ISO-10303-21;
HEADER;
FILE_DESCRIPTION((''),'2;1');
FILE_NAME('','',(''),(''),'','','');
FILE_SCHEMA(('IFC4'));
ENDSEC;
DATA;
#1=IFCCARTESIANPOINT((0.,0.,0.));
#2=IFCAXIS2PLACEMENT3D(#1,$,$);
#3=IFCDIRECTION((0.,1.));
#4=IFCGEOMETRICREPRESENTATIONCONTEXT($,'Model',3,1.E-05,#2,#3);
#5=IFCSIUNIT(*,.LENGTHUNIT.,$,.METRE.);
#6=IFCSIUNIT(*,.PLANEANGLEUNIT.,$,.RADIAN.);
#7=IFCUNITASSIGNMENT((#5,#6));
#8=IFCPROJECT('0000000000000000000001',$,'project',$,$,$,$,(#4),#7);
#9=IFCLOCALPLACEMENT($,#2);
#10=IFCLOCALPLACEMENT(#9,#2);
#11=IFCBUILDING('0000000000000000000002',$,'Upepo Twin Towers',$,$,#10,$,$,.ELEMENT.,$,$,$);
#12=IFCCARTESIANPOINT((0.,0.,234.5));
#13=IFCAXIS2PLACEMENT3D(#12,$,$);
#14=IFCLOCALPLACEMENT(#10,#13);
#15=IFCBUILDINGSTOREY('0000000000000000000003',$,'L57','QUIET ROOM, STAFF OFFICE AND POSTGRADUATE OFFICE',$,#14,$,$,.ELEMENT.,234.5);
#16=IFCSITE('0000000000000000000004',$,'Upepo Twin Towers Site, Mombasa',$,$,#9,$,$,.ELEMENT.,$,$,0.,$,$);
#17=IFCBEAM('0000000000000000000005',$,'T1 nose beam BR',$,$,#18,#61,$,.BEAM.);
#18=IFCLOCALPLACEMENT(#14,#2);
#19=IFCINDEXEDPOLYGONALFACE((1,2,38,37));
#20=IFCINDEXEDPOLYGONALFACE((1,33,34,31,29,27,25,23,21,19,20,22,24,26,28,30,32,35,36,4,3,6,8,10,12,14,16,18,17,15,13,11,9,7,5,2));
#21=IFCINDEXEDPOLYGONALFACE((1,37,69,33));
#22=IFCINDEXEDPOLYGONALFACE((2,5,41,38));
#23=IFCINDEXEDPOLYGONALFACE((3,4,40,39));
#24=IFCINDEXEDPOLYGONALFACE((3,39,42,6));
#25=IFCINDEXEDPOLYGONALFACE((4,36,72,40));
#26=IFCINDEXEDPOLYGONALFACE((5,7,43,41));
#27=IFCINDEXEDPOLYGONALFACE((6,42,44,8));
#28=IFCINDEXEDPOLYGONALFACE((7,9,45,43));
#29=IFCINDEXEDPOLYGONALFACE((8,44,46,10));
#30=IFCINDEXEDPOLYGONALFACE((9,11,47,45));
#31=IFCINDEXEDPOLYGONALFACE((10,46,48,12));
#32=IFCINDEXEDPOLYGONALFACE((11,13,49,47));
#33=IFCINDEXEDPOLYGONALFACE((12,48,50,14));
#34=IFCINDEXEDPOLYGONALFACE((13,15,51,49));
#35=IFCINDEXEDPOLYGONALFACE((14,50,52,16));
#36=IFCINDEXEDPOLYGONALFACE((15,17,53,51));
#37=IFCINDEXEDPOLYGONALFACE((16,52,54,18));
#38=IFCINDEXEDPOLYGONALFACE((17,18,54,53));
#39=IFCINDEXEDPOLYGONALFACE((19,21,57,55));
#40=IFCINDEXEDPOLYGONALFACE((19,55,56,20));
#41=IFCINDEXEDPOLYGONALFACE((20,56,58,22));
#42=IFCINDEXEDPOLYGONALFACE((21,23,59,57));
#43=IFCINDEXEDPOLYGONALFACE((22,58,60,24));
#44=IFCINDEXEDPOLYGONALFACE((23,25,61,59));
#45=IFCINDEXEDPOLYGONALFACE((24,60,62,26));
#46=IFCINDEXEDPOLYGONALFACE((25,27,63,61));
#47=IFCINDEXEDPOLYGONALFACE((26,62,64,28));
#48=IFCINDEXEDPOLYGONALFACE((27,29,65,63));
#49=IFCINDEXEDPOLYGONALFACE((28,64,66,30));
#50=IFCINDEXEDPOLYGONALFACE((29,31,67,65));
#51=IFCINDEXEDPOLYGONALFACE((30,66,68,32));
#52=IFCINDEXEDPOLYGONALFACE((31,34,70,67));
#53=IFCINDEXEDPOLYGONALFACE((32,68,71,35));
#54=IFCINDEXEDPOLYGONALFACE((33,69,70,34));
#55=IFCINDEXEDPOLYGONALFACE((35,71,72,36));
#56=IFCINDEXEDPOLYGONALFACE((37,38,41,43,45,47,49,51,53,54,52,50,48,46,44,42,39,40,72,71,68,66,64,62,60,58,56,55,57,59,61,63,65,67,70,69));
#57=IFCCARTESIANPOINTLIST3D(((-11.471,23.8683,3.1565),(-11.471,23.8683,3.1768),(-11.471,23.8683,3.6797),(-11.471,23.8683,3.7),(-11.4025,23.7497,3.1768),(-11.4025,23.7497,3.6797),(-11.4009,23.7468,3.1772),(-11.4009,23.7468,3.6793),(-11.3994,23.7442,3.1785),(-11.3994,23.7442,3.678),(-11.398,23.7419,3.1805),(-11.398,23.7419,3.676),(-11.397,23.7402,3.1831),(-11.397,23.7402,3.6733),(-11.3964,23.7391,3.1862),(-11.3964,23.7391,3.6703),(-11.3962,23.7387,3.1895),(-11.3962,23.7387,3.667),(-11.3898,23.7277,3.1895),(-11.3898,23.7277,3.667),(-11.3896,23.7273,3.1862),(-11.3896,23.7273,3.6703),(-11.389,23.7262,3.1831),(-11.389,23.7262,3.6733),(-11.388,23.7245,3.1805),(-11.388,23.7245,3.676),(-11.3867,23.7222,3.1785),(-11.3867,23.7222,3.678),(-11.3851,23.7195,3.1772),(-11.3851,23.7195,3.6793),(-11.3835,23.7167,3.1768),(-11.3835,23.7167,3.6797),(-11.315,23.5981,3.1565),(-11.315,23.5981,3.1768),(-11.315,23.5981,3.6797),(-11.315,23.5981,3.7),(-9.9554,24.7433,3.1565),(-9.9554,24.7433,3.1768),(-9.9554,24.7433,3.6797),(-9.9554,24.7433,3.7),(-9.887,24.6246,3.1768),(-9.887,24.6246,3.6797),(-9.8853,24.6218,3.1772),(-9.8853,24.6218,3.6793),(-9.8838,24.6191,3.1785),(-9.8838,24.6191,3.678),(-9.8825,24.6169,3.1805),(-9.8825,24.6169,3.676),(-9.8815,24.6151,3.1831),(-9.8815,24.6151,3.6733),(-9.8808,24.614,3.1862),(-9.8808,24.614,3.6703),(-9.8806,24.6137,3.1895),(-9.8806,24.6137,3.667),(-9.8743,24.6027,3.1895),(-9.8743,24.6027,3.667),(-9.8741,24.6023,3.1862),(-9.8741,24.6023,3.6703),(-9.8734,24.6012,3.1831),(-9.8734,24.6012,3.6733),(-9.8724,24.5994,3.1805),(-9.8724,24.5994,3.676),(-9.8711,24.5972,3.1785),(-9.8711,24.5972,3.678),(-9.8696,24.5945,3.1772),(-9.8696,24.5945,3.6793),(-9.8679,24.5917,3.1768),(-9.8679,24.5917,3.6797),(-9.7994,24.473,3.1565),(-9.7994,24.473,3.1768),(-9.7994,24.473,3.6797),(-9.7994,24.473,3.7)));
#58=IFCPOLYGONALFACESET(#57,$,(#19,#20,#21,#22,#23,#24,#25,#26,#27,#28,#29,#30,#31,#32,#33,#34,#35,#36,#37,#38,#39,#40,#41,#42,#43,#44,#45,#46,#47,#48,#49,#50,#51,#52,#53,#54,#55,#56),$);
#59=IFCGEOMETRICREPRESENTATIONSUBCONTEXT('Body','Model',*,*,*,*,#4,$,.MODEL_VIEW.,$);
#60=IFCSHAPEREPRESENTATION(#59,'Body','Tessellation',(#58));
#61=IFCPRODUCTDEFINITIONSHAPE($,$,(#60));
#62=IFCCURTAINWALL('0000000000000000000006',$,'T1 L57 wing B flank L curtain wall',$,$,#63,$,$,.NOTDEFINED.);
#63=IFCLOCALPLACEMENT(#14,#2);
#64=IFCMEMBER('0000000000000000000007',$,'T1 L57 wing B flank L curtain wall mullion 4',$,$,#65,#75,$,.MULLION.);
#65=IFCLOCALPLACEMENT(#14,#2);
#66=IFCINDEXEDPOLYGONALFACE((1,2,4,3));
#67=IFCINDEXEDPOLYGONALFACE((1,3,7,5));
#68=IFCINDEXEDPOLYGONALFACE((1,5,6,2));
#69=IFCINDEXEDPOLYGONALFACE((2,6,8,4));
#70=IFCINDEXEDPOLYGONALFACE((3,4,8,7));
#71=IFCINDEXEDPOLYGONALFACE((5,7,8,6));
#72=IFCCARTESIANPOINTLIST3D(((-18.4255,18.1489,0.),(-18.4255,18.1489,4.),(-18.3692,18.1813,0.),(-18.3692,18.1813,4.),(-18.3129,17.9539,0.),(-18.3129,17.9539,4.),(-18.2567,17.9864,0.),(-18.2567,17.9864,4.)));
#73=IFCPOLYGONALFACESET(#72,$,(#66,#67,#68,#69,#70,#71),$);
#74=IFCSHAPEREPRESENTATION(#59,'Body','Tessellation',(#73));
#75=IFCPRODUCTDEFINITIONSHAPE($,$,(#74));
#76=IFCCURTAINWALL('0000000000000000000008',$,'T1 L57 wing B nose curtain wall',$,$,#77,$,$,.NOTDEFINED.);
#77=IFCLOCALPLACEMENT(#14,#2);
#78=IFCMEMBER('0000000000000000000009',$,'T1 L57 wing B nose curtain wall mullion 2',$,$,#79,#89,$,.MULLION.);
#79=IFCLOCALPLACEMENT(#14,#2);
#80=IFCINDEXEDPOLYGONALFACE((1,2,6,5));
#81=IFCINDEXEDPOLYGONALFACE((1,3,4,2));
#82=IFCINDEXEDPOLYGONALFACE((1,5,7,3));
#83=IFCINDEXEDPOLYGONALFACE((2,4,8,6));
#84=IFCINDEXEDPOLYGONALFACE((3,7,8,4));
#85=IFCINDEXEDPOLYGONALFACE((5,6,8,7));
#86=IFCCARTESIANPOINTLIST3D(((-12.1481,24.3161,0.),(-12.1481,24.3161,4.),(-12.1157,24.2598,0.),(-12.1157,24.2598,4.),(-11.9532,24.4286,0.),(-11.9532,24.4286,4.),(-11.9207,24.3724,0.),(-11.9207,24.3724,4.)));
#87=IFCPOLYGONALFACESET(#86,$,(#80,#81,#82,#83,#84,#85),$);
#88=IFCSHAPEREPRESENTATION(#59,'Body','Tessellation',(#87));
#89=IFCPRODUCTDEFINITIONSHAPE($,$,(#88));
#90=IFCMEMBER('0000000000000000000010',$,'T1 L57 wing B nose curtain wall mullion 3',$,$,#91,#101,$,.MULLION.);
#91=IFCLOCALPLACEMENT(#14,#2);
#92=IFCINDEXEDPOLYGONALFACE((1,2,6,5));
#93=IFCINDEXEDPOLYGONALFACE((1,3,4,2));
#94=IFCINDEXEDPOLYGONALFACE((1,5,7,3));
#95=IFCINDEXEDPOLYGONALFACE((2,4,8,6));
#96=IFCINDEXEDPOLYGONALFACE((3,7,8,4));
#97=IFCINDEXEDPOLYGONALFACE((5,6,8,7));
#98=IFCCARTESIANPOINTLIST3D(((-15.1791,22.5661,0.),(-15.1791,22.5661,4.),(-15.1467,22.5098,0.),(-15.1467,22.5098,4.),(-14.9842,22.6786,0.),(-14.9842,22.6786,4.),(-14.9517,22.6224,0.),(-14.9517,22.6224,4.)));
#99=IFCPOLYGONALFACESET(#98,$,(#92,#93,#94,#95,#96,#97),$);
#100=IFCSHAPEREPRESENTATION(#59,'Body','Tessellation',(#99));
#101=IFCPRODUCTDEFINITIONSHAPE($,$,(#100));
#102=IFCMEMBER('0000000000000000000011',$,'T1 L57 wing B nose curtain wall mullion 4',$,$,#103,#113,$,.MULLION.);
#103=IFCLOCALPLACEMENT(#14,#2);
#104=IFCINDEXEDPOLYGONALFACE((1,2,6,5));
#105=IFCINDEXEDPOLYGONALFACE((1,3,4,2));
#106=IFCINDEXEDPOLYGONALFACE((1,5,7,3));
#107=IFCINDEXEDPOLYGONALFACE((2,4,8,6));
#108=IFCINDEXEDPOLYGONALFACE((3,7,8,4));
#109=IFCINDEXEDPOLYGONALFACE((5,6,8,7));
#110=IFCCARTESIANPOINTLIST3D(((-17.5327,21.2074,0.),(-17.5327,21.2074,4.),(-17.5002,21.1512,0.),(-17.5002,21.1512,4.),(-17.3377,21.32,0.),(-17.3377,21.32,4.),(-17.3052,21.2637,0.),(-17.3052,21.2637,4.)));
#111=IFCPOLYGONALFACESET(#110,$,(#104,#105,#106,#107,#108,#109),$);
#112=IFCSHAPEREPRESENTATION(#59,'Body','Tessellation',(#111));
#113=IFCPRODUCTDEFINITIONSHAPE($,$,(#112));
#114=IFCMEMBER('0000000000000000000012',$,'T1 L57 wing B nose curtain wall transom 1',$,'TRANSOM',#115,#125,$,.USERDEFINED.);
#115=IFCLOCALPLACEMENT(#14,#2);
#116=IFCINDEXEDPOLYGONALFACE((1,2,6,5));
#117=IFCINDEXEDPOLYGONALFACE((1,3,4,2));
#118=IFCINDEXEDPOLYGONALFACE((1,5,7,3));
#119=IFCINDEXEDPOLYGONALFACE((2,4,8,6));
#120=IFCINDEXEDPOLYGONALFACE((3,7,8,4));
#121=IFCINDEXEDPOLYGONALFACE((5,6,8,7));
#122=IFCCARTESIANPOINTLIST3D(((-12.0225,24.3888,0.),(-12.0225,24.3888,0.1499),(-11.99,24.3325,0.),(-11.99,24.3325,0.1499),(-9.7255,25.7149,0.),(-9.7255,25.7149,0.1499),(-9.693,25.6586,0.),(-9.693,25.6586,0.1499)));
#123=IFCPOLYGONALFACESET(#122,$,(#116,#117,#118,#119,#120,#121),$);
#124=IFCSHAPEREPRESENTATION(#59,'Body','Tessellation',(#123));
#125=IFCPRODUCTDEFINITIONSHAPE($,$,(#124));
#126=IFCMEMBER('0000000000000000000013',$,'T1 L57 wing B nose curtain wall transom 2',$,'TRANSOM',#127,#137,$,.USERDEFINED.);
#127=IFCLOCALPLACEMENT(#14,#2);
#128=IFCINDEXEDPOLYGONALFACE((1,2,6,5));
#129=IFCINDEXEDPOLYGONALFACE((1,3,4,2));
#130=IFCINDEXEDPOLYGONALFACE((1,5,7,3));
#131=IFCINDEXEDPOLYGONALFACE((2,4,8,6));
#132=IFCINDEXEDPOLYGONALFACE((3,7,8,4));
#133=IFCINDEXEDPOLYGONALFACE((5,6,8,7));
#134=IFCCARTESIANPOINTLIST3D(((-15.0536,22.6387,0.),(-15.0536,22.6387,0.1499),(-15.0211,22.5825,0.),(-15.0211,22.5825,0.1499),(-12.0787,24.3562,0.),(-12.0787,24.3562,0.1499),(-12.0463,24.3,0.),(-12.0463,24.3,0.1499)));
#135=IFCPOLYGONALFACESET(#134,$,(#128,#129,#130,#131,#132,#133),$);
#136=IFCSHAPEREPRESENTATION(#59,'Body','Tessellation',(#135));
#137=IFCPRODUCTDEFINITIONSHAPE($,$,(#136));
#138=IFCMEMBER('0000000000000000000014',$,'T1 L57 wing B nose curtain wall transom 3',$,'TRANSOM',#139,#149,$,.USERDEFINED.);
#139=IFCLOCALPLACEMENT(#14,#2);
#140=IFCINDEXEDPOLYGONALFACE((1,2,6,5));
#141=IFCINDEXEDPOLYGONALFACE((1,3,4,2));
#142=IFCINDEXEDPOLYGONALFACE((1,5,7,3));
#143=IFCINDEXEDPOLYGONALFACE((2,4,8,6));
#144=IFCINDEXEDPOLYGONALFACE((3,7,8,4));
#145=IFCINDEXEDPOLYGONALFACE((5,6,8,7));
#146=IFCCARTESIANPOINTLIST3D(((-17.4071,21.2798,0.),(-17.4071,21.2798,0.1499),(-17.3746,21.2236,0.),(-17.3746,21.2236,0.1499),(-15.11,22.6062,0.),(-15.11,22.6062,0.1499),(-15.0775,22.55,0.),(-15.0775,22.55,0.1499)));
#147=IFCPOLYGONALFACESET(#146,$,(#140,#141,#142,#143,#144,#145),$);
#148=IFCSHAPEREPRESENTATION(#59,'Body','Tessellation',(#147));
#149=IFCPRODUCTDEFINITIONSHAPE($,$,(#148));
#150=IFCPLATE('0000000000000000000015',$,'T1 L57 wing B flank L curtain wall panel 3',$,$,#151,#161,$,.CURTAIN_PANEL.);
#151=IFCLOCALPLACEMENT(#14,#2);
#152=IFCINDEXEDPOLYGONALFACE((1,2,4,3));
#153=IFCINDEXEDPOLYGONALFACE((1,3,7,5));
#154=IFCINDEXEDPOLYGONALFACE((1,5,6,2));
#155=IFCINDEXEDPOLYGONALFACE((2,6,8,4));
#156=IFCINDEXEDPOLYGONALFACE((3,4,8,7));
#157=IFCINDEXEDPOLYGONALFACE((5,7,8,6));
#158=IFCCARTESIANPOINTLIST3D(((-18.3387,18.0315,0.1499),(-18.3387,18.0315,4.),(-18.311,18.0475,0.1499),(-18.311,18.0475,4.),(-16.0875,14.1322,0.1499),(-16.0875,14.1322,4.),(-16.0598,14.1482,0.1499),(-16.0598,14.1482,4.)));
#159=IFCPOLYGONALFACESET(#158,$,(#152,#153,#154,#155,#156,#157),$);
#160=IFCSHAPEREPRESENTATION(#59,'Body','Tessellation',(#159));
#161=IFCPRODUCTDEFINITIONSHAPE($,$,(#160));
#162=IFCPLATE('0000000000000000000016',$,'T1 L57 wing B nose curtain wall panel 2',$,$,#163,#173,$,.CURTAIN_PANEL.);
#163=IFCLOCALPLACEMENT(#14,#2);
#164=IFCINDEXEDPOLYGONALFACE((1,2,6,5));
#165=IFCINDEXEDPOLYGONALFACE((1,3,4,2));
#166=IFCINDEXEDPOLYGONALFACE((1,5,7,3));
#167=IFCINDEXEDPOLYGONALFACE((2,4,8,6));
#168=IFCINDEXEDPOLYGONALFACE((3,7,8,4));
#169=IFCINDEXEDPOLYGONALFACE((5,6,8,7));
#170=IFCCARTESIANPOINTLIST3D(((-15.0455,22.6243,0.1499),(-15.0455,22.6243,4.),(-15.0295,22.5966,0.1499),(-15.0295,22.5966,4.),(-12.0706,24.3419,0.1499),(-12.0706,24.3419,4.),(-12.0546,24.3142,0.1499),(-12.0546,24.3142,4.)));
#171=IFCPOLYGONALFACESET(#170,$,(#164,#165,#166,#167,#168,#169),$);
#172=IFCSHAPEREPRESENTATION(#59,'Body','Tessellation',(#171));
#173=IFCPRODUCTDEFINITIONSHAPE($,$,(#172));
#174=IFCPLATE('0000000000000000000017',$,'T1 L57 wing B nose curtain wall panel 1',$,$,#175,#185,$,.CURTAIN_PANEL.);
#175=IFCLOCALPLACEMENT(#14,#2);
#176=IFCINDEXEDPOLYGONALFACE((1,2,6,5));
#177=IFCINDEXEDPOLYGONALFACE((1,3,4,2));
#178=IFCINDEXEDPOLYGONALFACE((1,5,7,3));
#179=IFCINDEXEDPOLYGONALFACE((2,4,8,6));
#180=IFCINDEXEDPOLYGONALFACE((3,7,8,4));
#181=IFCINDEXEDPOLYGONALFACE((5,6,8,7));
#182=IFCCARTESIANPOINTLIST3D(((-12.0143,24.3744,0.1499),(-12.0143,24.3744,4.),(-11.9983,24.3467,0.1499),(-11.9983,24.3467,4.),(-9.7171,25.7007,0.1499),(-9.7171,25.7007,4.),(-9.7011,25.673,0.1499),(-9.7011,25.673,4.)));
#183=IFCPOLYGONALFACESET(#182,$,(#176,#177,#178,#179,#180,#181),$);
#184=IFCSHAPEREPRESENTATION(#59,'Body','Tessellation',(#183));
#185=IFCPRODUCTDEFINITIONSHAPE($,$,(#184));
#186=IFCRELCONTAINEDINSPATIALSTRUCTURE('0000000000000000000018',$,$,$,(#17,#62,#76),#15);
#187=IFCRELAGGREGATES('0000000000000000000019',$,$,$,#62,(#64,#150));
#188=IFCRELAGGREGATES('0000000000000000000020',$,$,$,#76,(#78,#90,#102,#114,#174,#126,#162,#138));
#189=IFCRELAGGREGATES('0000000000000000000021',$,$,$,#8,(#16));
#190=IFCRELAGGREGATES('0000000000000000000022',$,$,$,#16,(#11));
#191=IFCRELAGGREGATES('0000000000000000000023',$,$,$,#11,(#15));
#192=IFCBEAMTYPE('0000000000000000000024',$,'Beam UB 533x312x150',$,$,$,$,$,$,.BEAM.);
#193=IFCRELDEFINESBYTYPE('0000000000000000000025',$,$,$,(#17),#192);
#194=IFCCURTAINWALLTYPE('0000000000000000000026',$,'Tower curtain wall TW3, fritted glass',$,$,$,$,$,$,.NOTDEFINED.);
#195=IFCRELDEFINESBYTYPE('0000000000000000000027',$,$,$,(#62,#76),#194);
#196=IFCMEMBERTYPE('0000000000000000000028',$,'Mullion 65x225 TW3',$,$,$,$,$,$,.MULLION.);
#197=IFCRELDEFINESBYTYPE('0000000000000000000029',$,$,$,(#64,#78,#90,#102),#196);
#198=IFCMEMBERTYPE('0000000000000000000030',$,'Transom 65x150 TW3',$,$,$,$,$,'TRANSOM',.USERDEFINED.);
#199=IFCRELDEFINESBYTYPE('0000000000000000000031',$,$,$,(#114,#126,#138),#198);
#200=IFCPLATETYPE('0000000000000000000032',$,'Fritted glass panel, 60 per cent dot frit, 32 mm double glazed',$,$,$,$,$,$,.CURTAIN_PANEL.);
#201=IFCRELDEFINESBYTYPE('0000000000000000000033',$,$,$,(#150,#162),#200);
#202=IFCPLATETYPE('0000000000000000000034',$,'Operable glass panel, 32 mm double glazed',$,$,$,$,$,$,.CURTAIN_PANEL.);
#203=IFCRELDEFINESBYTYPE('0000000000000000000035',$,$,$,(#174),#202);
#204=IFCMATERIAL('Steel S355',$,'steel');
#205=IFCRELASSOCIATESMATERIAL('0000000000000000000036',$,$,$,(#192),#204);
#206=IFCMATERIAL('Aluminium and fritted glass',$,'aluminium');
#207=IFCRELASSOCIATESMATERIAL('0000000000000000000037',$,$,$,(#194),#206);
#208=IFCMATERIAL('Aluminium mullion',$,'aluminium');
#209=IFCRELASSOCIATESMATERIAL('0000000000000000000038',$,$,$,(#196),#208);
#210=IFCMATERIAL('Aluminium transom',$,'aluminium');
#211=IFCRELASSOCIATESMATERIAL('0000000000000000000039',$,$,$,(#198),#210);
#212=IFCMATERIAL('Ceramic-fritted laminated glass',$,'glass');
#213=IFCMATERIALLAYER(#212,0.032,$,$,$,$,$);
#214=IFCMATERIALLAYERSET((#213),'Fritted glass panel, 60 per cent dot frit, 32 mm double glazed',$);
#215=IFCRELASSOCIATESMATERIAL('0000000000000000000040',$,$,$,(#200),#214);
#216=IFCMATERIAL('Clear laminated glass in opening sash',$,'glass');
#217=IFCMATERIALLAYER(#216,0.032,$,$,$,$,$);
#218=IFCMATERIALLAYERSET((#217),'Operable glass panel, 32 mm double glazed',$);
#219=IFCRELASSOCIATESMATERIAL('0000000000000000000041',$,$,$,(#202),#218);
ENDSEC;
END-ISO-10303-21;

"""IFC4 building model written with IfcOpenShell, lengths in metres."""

from ifc_helpers import new_model, si_unit, direction, frame, origin, origin_2d, place, context, subcontext, project, spatial, rectangle, i_section, extrude, material, layer, layer_set, material_profile, profile_set, type_object, element, aggregate, save


model = new_model("IFC4")

# Units and contexts
model_context = context("Model", 3, precision=1e-05, world=origin(), true_north=direction((0.0, 1.0)))
body_context = subcontext(model_context, "Body", "Model", "MODEL_VIEW")
ifc_project = project(units=[si_unit("LENGTHUNIT", "METRE"), si_unit("PLANEANGLEUNIT", "RADIAN")], contexts=[model_context])

# Site, building, storey
site_placement = place(None, origin())
site = spatial("IfcSite", under=ifc_project, at=site_placement, Name="Upepo Twin Towers Site, Mombasa", CompositionType="ELEMENT", RefElevation=0.0)
building_placement = place(site_placement, origin())
building = spatial("IfcBuilding", under=site, at=building_placement, Name="Upepo Twin Towers", CompositionType="ELEMENT")
storey_placement = place(building_placement, frame((0.0, 0.0, 234.5)))
storey = spatial("IfcBuildingStorey", under=building, at=storey_placement, Name="L57", Description="QUIET ROOM, STAFF OFFICE AND POSTGRADUATE OFFICE", CompositionType="ELEMENT", Elevation=234.5)

# Beam
ifc_material_1 = material(Name="Steel S355", Category="steel")
ifc_material_profile_1 = material_profile(ifc_material_1, i_section(OverallWidth=0.312, OverallDepth=0.5435, WebThickness=0.0127, FlangeThickness=0.0203, FilletRadius=0.0127, at=origin_2d()), Name="UB 533x312x150")
ifc_profile_set_1 = profile_set([ifc_material_profile_1], Name="Steel S355")
beam_type_1 = type_object("IfcBeamType", Name="Beam UB 533x312x150", PredefinedType="BEAM", material=ifc_profile_set_1)
for number, where, z_axis, x_axis, name in (
    (1, (-9.8774, 24.6082, 3.4282), (-0.866037, -0.49998, 0.0), (0.49998, -0.866037, 0.0), "T1 nose beam BR"),
):
    element("IfcBeam", number, at=place(storey_placement, frame(where, z_axis=z_axis, x_axis=x_axis)), inside=storey, type_object=beam_type_1, Name=name, PredefinedType="BEAM", context=body_context, shape_type="SweptSolid", body=[
        extrude(i_section(OverallWidth=0.312, OverallDepth=0.5435, WebThickness=0.0127, FlangeThickness=0.0203, FilletRadius=0.0127, at=origin_2d()), origin(), (0.0, 0.0, 1.0), 1.75),
    ])

# Curtain wall, member
ifc_material_2 = material(Name="Aluminium and fritted glass", Category="aluminium")
curtain_wall_type = type_object("IfcCurtainWallType", Name="Tower curtain wall TW3, fritted glass", PredefinedType="NOTDEFINED", material=ifc_material_2)
curtain_wall_1_placement = place(storey_placement, origin())
curtain_wall_1 = element("IfcCurtainWall", 2, at=curtain_wall_1_placement, inside=storey, type_object=curtain_wall_type, Name="T1 L57 wing B flank L curtain wall", PredefinedType="NOTDEFINED")
ifc_material_3 = material(Name="Aluminium mullion", Category="aluminium")
ifc_material_profile_2 = material_profile(ifc_material_3, rectangle(XDim=0.0649, YDim=0.2251, at=origin_2d()), Name="MULLION 65x225")
ifc_profile_set_2 = profile_set([ifc_material_profile_2], Name="Aluminium mullion")
member_type_1 = type_object("IfcMemberType", Name="Mullion 65x225 TW3", PredefinedType="MULLION", material=ifc_profile_set_2)
member_1_placement = place(storey_placement, frame((-18.3411, 18.0676, 0.0), z_axis=(0.0, 0.0, 1.0), x_axis=(-0.866025, -0.5, 0.0)))
member_1 = element("IfcMember", 3, at=member_1_placement, type_object=member_type_1, Name="T1 L57 wing B flank L curtain wall mullion 4", PredefinedType="MULLION", context=body_context, shape_type="SweptSolid", body=[
    extrude(rectangle(XDim=0.0649, YDim=0.2251, at=origin_2d()), origin(), (0.0, 0.0, 1.0), 4.0),
])

# Curtain wall, members
curtain_wall_2_placement = place(storey_placement, origin())
curtain_wall_2 = element("IfcCurtainWall", 4, at=curtain_wall_2_placement, inside=storey, type_object=curtain_wall_type, Name="T1 L57 wing B nose curtain wall", PredefinedType="NOTDEFINED")
member_2_placement = place(storey_placement, frame((-12.0344, 24.3442, 0.0), z_axis=(0.0, 0.0, 1.0), x_axis=(0.5, -0.866025, 0.0)))
member_2 = element("IfcMember", 5, at=member_2_placement, type_object=member_type_1, Name="T1 L57 wing B nose curtain wall mullion 2", PredefinedType="MULLION", context=body_context, shape_type="SweptSolid", body=[
    extrude(rectangle(XDim=0.0649, YDim=0.2251, at=origin_2d()), origin(), (0.0, 0.0, 1.0), 4.0),
])
member_3_placement = place(storey_placement, frame((-15.0654, 22.5942, 0.0), z_axis=(0.0, 0.0, 1.0), x_axis=(0.5, -0.866025, 0.0)))
member_3 = element("IfcMember", 6, at=member_3_placement, type_object=member_type_1, Name="T1 L57 wing B nose curtain wall mullion 3", PredefinedType="MULLION", context=body_context, shape_type="SweptSolid", body=[
    extrude(rectangle(XDim=0.0649, YDim=0.2251, at=origin_2d()), origin(), (0.0, 0.0, 1.0), 4.0),
])
member_4_placement = place(storey_placement, frame((-17.4189, 21.2356, 0.0), z_axis=(0.0, 0.0, 1.0), x_axis=(0.5, -0.866025, 0.0)))
member_4 = element("IfcMember", 7, at=member_4_placement, type_object=member_type_1, Name="T1 L57 wing B nose curtain wall mullion 4", PredefinedType="MULLION", context=body_context, shape_type="SweptSolid", body=[
    extrude(rectangle(XDim=0.0649, YDim=0.2251, at=origin_2d()), origin(), (0.0, 0.0, 1.0), 4.0),
])
ifc_material_4 = material(Name="Aluminium transom", Category="aluminium")
ifc_material_profile_3 = material_profile(ifc_material_4, rectangle(XDim=0.0649, YDim=0.1499, at=origin_2d()), Name="TRANSOM 65x150")
ifc_profile_set_3 = profile_set([ifc_material_profile_3], Name="Aluminium transom")
member_type_2 = type_object("IfcMemberType", Name="Transom 65x150 TW3", ElementType="TRANSOM", PredefinedType="USERDEFINED", material=ifc_profile_set_3)
member_5_placement = place(storey_placement, frame((-9.7092, 25.6868, 0.075), z_axis=(-0.866037, -0.49998, 0.0), x_axis=(0.49998, -0.866037, 0.0)))
member_5 = element("IfcMember", 8, at=member_5_placement, type_object=member_type_2, Name="T1 L57 wing B nose curtain wall transom 1", ObjectType="TRANSOM", PredefinedType="USERDEFINED", context=body_context, shape_type="SweptSolid", body=[
    extrude(rectangle(XDim=0.0649, YDim=0.1499, at=origin_2d()), origin(), (0.0, 0.0, 1.0), 2.6523),
])
member_6_placement = place(storey_placement, frame((-12.0625, 24.3281, 0.075), z_axis=(-0.866026, -0.499999, 0.0), x_axis=(0.499999, -0.866026, 0.0)))
member_6 = element("IfcMember", 9, at=member_6_placement, type_object=member_type_2, Name="T1 L57 wing B nose curtain wall transom 2", ObjectType="TRANSOM", PredefinedType="USERDEFINED", context=body_context, shape_type="SweptSolid", body=[
    extrude(rectangle(XDim=0.0649, YDim=0.1499, at=origin_2d()), origin(), (0.0, 0.0, 1.0), 3.4351),
])
member_7_placement = place(storey_placement, frame((-15.0938, 22.5781, 0.075), z_axis=(-0.865997, -0.500049, 0.0), x_axis=(0.500049, -0.865997, 0.0)))
member_7 = element("IfcMember", 10, at=member_7_placement, type_object=member_type_2, Name="T1 L57 wing B nose curtain wall transom 3", ObjectType="TRANSOM", PredefinedType="USERDEFINED", context=body_context, shape_type="SweptSolid", body=[
    extrude(rectangle(XDim=0.0649, YDim=0.1499, at=origin_2d()), origin(), (0.0, 0.0, 1.0), 2.6526),
])

# Plates
ifc_material_5 = material(Name="Ceramic-fritted laminated glass", Category="glass")
ifc_layer_1 = layer(ifc_material_5, 0.032)
ifc_layer_set_1 = layer_set([ifc_layer_1], Name="Fritted glass panel, 60 per cent dot frit, 32 mm double glazed")
plate_type_1 = type_object("IfcPlateType", Name="Fritted glass panel, 60 per cent dot frit, 32 mm double glazed", PredefinedType="CURTAIN_PANEL", material=ifc_layer_set_1)
plate_1_placement = place(storey_placement, frame((-17.1992, 16.0898, 0.1499), z_axis=(0.0, 0.0, 1.0), x_axis=(-0.5, 0.866025, 0.0)))
plate_1 = element("IfcPlate", 11, at=plate_1_placement, type_object=plate_type_1, Name="T1 L57 wing B flank L curtain wall panel 3", PredefinedType="CURTAIN_PANEL", context=body_context, shape_type="SweptSolid", body=[
    extrude(rectangle(XDim=4.5024, YDim=0.032, at=origin_2d()), origin(), (0.0, 0.0, 1.0), 3.8501),
])
aggregate(curtain_wall_1, [member_1, plate_1])
plate_2_placement = place(storey_placement, frame((-13.55, 23.4692, 0.1499), z_axis=(0.0, 0.0, 1.0), x_axis=(-0.866025, -0.5, 0.0)))
plate_2 = element("IfcPlate", 12, at=plate_2_placement, type_object=plate_type_1, Name="T1 L57 wing B nose curtain wall panel 2", PredefinedType="CURTAIN_PANEL", context=body_context, shape_type="SweptSolid", body=[
    extrude(rectangle(XDim=3.4351, YDim=0.032, at=origin_2d()), origin(), (0.0, 0.0, 1.0), 3.8501),
])
ifc_material_6 = material(Name="Clear laminated glass in opening sash", Category="glass")
ifc_layer_2 = layer(ifc_material_6, 0.032)
ifc_layer_set_2 = layer_set([ifc_layer_2], Name="Operable glass panel, 32 mm double glazed")
plate_type_2 = type_object("IfcPlateType", Name="Operable glass panel, 32 mm double glazed", PredefinedType="CURTAIN_PANEL", material=ifc_layer_set_2)
plate_3_placement = place(storey_placement, frame((-10.8577, 25.0237, 0.1499), z_axis=(0.0, 0.0, 1.0), x_axis=(-0.866025, -0.5, 0.0)))
plate_3 = element("IfcPlate", 13, at=plate_3_placement, type_object=plate_type_2, Name="T1 L57 wing B nose curtain wall panel 1", PredefinedType="CURTAIN_PANEL", context=body_context, shape_type="SweptSolid", body=[
    extrude(rectangle(XDim=2.6526, YDim=0.032, at=origin_2d()), origin(), (0.0, 0.0, 1.0), 3.8501),
])
aggregate(curtain_wall_2, [member_2, member_3, member_4, member_5, plate_3, member_6, plate_2, member_7])

save(model, "model.ifc")
